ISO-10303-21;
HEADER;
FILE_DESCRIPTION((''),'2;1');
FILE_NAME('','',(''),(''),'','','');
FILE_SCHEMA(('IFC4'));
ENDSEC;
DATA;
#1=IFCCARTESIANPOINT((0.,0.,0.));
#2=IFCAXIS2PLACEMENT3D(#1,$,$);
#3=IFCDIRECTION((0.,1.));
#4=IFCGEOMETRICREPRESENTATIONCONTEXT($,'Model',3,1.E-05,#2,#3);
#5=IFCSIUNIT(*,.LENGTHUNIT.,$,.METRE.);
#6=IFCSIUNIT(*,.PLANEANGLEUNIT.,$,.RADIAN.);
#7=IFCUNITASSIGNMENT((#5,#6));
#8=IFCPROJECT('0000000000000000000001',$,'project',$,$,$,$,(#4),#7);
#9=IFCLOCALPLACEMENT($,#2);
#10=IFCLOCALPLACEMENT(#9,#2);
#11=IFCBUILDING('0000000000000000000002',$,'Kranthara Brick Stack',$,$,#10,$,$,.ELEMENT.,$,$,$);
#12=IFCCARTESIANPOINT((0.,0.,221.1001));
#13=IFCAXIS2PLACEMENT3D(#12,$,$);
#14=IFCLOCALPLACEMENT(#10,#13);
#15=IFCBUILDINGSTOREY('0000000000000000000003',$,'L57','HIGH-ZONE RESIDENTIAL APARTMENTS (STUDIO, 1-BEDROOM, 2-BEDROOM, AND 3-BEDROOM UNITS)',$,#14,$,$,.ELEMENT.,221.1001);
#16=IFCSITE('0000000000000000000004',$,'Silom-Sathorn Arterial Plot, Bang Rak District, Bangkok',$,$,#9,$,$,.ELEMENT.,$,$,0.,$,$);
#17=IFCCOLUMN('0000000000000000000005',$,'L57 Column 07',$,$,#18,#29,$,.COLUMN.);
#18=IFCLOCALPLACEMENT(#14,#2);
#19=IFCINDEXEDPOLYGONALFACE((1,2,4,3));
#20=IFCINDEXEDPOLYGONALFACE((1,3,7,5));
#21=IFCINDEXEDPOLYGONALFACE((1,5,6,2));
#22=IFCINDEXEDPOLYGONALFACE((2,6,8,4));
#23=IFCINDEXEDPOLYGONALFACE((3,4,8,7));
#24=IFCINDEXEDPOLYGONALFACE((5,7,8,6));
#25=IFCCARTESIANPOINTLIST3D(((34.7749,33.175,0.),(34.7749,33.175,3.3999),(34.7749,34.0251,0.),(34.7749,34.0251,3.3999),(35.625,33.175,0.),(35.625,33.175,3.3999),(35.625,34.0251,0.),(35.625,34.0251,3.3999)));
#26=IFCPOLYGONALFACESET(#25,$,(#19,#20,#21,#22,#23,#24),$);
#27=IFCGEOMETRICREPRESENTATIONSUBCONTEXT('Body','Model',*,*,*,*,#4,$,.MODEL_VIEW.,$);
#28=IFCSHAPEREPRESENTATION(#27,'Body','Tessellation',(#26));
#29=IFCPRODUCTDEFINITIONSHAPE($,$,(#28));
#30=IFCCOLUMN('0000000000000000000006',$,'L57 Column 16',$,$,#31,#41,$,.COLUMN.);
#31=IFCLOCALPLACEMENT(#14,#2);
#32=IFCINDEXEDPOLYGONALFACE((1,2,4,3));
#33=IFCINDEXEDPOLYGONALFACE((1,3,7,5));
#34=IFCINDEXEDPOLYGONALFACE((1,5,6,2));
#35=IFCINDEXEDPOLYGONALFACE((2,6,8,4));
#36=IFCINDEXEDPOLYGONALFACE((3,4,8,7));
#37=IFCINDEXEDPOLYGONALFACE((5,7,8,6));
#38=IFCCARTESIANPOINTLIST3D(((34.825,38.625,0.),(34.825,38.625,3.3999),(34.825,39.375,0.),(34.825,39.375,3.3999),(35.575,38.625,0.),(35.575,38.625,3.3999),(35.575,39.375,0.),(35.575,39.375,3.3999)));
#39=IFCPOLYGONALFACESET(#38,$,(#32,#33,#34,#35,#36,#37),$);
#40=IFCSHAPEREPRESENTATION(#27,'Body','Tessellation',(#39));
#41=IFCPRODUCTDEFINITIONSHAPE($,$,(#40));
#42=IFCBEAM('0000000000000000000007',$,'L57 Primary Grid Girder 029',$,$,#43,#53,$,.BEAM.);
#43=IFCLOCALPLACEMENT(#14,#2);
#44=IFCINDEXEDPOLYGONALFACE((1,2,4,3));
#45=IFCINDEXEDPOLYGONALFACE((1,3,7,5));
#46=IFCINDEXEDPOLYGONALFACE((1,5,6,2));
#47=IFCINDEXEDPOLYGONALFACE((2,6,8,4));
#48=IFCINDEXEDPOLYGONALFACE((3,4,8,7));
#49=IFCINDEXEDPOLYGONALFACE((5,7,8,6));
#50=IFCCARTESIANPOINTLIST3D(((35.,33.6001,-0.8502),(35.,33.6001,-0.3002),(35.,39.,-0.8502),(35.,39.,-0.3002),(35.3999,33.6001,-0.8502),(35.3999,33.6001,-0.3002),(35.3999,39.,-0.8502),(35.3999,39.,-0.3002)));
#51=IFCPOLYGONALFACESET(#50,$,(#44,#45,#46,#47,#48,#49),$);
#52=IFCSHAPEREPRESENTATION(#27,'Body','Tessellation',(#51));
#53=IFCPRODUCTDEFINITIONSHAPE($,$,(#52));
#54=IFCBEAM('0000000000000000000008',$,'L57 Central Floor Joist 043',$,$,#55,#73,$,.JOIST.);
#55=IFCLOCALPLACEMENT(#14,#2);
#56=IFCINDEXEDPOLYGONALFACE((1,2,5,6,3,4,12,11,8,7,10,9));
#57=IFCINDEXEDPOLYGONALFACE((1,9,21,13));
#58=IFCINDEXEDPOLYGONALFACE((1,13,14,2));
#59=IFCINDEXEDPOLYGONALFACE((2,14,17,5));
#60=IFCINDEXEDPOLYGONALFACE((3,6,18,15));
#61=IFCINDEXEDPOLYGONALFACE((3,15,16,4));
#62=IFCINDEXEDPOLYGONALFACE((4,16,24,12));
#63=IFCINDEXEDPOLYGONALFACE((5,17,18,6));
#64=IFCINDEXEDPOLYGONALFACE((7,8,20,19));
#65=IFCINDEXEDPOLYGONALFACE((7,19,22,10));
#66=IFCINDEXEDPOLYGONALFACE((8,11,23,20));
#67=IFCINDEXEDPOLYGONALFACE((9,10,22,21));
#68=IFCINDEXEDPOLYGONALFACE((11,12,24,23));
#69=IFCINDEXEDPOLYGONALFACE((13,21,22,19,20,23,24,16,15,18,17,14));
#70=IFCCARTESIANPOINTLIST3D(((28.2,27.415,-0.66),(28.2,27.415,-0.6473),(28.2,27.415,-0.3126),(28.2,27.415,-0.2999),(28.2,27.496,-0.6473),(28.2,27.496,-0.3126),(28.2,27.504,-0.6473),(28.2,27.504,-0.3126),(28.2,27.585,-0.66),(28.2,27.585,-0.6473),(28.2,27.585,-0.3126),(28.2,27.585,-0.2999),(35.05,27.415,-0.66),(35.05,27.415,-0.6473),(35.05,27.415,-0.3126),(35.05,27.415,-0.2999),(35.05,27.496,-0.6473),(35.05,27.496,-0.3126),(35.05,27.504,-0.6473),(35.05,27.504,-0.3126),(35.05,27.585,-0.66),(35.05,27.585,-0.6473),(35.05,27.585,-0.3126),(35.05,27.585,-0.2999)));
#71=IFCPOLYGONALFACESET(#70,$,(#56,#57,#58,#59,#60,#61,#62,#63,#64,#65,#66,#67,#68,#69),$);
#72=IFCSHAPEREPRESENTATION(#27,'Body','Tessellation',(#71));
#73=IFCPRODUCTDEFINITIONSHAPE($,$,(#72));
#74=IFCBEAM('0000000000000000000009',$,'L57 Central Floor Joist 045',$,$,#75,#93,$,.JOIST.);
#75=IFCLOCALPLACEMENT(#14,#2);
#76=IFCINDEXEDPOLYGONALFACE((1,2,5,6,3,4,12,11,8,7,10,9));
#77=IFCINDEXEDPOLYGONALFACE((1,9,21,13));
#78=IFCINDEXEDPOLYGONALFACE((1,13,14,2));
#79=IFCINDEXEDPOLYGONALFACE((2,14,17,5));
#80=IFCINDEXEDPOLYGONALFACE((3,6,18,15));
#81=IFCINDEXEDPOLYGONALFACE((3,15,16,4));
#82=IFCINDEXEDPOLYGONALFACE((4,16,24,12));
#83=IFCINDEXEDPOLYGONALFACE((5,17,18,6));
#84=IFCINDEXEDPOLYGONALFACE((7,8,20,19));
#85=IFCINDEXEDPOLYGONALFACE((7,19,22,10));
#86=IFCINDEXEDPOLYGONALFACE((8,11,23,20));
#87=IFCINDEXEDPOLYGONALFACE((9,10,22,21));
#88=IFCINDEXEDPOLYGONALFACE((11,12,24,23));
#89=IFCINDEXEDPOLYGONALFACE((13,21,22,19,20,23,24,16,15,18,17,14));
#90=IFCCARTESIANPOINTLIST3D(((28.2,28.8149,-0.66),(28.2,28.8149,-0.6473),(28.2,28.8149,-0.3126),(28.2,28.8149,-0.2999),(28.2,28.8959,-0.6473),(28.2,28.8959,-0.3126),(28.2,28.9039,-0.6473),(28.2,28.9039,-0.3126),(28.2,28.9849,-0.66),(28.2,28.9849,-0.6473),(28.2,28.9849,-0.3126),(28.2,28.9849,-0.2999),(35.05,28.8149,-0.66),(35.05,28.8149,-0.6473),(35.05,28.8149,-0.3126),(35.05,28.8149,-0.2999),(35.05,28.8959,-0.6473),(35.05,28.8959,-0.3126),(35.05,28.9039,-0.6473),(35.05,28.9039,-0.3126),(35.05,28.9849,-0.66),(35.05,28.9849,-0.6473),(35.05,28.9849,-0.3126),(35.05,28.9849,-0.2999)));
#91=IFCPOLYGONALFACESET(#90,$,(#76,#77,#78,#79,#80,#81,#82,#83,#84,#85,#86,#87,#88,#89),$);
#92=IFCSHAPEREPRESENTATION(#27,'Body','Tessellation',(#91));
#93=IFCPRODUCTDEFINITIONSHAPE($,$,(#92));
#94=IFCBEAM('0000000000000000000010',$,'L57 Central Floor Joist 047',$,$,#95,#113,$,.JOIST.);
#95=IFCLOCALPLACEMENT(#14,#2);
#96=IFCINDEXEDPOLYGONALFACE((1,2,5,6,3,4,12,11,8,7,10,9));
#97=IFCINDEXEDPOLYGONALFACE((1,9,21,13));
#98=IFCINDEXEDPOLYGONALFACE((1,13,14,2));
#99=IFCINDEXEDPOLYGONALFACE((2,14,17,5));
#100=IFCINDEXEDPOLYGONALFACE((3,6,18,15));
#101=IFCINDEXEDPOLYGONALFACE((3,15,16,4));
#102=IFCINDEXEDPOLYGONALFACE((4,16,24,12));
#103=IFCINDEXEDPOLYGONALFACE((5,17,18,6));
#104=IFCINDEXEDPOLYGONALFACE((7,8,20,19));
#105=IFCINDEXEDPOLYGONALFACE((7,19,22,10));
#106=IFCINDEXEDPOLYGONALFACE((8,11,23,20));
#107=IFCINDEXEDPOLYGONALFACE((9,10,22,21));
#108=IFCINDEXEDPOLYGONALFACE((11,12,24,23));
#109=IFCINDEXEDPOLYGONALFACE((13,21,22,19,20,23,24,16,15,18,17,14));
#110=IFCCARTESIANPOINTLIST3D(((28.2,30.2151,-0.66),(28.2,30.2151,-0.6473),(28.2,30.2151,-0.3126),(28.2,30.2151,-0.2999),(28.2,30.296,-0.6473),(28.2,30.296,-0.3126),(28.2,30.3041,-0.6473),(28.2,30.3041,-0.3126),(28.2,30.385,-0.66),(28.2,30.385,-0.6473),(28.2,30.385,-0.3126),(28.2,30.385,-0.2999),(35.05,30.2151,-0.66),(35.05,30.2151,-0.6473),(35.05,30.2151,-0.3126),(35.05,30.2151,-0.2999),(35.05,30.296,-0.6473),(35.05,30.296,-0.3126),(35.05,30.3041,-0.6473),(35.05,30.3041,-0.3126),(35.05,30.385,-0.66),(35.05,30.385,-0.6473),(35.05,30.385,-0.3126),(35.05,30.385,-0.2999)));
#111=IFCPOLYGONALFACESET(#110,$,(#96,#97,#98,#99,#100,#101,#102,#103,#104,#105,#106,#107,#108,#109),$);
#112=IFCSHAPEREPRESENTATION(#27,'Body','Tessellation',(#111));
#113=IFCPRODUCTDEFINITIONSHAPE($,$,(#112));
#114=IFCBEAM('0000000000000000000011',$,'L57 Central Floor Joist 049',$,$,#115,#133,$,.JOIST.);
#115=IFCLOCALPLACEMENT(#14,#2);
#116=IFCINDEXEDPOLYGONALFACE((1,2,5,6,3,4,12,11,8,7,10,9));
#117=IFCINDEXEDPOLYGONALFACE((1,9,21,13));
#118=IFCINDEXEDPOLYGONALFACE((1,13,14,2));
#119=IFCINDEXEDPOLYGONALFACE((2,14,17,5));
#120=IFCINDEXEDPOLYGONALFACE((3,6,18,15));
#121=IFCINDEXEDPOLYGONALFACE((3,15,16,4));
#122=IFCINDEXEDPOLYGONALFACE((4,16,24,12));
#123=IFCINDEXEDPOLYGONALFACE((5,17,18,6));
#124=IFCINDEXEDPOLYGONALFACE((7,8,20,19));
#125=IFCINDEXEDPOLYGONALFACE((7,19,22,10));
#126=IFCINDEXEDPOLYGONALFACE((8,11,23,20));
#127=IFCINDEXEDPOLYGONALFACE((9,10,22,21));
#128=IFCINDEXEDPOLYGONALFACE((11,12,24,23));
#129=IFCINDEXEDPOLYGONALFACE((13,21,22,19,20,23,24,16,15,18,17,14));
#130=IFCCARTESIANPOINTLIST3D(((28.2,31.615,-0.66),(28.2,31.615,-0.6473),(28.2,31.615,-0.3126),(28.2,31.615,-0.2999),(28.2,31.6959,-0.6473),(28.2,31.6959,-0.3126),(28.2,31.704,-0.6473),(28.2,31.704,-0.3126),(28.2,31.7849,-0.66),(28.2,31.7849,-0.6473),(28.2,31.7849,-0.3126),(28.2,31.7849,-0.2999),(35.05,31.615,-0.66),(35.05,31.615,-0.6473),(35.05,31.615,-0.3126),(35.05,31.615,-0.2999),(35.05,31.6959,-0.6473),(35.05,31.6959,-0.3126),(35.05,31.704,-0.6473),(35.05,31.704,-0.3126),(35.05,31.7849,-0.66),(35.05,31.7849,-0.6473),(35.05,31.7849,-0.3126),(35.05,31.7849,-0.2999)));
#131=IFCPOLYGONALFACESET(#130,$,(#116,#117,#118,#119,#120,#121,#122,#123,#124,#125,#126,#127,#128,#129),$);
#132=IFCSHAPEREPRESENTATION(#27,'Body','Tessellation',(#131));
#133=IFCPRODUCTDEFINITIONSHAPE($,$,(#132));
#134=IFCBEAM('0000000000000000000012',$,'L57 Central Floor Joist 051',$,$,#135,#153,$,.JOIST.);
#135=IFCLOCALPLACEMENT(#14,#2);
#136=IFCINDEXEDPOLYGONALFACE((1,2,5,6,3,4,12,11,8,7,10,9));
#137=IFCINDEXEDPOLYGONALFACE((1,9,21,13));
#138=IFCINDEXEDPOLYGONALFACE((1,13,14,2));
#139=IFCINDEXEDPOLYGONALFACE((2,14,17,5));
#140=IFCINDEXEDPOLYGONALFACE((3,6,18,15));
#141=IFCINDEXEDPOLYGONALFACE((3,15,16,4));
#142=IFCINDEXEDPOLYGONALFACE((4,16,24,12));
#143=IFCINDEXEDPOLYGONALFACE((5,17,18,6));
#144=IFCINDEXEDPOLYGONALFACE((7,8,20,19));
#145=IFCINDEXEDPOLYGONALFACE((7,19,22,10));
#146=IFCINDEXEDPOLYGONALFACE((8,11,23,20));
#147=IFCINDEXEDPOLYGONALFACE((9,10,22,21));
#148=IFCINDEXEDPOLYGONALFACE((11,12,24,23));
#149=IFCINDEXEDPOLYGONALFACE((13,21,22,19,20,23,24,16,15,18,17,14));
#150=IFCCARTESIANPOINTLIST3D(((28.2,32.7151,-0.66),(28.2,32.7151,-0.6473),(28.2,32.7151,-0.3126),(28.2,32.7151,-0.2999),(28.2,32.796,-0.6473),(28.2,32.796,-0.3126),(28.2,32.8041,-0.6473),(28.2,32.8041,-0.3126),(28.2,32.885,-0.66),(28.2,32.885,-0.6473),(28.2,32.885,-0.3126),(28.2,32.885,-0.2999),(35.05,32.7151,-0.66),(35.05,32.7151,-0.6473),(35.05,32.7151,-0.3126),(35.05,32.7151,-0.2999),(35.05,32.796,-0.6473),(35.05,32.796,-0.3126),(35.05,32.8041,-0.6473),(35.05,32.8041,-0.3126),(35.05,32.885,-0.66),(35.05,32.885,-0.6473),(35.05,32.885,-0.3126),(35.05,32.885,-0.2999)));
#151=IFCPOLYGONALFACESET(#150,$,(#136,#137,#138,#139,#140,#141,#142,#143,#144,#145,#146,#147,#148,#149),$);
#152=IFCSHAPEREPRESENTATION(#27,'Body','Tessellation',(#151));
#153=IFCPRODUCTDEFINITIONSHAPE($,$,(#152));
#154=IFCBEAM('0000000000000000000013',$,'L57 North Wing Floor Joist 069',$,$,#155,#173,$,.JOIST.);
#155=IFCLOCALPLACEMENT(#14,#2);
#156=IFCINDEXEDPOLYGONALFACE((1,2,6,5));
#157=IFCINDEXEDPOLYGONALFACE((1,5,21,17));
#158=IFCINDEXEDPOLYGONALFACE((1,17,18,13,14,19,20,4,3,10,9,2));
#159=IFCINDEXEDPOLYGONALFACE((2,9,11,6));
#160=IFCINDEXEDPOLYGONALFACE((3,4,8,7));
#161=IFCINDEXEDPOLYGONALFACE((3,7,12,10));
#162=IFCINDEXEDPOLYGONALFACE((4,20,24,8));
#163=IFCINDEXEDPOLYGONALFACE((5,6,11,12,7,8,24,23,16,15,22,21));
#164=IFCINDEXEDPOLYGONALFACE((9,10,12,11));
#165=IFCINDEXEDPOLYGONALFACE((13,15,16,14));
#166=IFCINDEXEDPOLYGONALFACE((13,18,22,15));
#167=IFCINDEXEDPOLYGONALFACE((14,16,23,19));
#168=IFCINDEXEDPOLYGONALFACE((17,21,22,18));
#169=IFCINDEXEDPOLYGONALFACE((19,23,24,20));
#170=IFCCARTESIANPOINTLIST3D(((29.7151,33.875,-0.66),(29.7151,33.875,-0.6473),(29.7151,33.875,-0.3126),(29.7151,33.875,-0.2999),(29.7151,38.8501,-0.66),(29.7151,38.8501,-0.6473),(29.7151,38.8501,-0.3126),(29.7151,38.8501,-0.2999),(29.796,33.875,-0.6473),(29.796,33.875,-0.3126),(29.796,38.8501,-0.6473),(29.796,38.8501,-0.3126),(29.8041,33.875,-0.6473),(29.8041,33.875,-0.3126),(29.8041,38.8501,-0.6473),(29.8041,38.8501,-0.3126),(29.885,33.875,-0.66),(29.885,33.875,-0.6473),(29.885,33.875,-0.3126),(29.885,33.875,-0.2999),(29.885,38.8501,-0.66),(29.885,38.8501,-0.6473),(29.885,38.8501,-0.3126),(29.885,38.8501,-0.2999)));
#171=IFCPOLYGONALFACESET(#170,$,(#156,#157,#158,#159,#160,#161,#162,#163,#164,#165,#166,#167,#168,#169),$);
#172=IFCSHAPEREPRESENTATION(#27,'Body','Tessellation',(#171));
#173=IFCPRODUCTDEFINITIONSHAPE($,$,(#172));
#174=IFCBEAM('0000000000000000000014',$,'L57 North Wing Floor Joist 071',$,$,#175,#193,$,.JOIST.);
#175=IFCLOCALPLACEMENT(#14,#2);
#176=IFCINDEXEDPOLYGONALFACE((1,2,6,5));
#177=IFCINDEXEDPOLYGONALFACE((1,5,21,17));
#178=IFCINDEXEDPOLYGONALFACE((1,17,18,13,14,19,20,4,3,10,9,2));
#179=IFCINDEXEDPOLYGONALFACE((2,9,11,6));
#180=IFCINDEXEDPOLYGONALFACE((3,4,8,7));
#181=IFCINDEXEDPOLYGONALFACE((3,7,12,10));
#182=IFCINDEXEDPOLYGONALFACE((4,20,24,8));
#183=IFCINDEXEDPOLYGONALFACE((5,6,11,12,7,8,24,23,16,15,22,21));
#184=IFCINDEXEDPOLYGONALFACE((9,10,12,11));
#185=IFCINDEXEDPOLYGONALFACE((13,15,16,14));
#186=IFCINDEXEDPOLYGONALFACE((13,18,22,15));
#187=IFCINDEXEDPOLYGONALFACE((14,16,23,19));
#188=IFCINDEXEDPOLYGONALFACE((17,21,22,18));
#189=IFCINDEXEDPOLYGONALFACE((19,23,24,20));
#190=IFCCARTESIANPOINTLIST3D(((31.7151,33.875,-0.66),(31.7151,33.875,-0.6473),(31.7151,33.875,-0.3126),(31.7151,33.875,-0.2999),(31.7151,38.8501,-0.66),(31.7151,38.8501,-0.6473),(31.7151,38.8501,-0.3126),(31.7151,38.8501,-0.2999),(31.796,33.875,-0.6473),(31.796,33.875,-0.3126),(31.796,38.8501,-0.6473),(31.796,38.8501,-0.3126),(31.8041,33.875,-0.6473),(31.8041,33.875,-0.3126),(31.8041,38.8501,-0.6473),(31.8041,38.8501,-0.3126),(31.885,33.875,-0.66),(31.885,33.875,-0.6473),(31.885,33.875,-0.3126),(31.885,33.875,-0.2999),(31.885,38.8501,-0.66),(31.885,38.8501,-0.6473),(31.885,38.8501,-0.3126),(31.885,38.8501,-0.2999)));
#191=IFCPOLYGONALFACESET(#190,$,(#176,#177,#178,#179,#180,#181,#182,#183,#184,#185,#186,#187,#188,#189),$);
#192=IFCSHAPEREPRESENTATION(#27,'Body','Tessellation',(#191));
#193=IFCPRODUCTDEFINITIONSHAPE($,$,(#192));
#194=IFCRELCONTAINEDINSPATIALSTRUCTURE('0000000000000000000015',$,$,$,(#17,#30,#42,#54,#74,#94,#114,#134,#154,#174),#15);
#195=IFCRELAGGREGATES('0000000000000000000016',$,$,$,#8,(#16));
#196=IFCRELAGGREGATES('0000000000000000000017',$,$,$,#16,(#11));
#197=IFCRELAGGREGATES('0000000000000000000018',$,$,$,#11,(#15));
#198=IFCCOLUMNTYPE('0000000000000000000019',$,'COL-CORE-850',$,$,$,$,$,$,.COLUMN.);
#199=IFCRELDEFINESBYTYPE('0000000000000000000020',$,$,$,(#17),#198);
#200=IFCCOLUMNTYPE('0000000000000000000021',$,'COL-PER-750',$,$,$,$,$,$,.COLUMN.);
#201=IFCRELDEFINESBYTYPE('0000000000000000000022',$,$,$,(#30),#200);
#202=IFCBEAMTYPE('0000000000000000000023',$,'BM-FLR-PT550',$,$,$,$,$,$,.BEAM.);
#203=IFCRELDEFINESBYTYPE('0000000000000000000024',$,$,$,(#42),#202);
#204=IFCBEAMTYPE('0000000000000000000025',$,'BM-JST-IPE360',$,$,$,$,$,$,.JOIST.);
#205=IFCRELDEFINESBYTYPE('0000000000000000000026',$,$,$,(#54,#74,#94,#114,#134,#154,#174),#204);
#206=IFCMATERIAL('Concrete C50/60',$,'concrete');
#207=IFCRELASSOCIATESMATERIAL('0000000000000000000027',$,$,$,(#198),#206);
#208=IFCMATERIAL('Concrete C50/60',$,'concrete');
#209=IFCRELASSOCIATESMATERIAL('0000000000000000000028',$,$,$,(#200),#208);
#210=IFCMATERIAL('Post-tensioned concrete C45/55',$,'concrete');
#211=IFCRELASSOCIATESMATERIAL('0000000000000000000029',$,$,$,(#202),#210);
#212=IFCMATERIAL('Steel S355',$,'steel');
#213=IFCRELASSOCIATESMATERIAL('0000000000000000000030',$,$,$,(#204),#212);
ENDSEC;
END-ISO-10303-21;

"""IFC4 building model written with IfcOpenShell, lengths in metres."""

from ifc_helpers import new_model, si_unit, direction, frame, origin, origin_2d, place, context, subcontext, project, spatial, rectangle, i_section, extrude, material, material_profile, profile_set, type_object, element, save


model = new_model("IFC4")

# Units and contexts
model_context = context("Model", 3, precision=1e-05, world=origin(), true_north=direction((0.0, 1.0)))
body_context = subcontext(model_context, "Body", "Model", "MODEL_VIEW")
ifc_project = project(units=[si_unit("LENGTHUNIT", "METRE"), si_unit("PLANEANGLEUNIT", "RADIAN")], contexts=[model_context])

# Site, building, storey
site_placement = place(None, origin())
site = spatial("IfcSite", under=ifc_project, at=site_placement, Name="Silom-Sathorn Arterial Plot, Bang Rak District, Bangkok", CompositionType="ELEMENT", RefElevation=0.0)
building_placement = place(site_placement, origin())
building = spatial("IfcBuilding", under=site, at=building_placement, Name="Kranthara Brick Stack", CompositionType="ELEMENT")
storey_placement = place(building_placement, frame((0.0, 0.0, 221.1001)))
storey = spatial("IfcBuildingStorey", under=building, at=storey_placement, Name="L57", Description="HIGH-ZONE RESIDENTIAL APARTMENTS (STUDIO, 1-BEDROOM, 2-BEDROOM, AND 3-BEDROOM UNITS)", CompositionType="ELEMENT", Elevation=221.1001)

# Columns
ifc_material_1 = material(Name="Concrete C50/60", Category="concrete")
ifc_material_profile_1 = material_profile(ifc_material_1, rectangle(XDim=0.8501, YDim=0.8501, at=origin_2d()), Name="RC 850x850")
ifc_profile_set_1 = profile_set([ifc_material_profile_1], Name="Concrete C50/60")
column_type_1 = type_object("IfcColumnType", Name="COL-CORE-850", PredefinedType="COLUMN", material=ifc_profile_set_1)
column_1_placement = place(storey_placement, frame((35.2, 33.6001, 0.0), z_axis=(0.0, 0.0, 1.0), x_axis=(1.0, 0.0, 0.0)))
element("IfcColumn", 1, at=column_1_placement, inside=storey, type_object=column_type_1, Name="L57 Column 07", PredefinedType="COLUMN", context=body_context, shape_type="SweptSolid", body=[
    extrude(rectangle(XDim=0.8501, YDim=0.8501, at=origin_2d()), origin(), (0.0, 0.0, 1.0), 3.3999),
])
ifc_material_2 = material(Name="Concrete C50/60", Category="concrete")
ifc_material_profile_2 = material_profile(ifc_material_2, rectangle(XDim=0.75, YDim=0.75, at=origin_2d()), Name="RC 750x750")
ifc_profile_set_2 = profile_set([ifc_material_profile_2], Name="Concrete C50/60")
column_type_2 = type_object("IfcColumnType", Name="COL-PER-750", PredefinedType="COLUMN", material=ifc_profile_set_2)
column_2_placement = place(storey_placement, frame((35.2, 39.0, 0.0), z_axis=(0.0, 0.0, 1.0), x_axis=(1.0, 0.0, 0.0)))
element("IfcColumn", 2, at=column_2_placement, inside=storey, type_object=column_type_2, Name="L57 Column 16", PredefinedType="COLUMN", context=body_context, shape_type="SweptSolid", body=[
    extrude(rectangle(XDim=0.75, YDim=0.75, at=origin_2d()), origin(), (0.0, 0.0, 1.0), 3.3999),
])

# Beams
ifc_material_3 = material(Name="Post-tensioned concrete C45/55", Category="concrete")
ifc_material_profile_3 = material_profile(ifc_material_3, rectangle(XDim=0.3999, YDim=0.55, at=origin_2d()), Name="PT 400x550")
ifc_profile_set_3 = profile_set([ifc_material_profile_3], Name="Post-tensioned concrete C45/55")
beam_type_1 = type_object("IfcBeamType", Name="BM-FLR-PT550", PredefinedType="BEAM", material=ifc_profile_set_3)
beam_1_placement = place(storey_placement, frame((35.2, 33.6001, -0.5752), z_axis=(0.0, 1.0, 0.0), x_axis=(-1.0, 0.0, 0.0)))
element("IfcBeam", 3, at=beam_1_placement, inside=storey, type_object=beam_type_1, Name="L57 Primary Grid Girder 029", PredefinedType="BEAM", context=body_context, shape_type="SweptSolid", body=[
    extrude(rectangle(XDim=0.3999, YDim=0.55, at=origin_2d()), origin(), (0.0, 0.0, 1.0), 5.3999),
])
ifc_material_4 = material(Name="Steel S355", Category="steel")
ifc_material_profile_4 = material_profile(ifc_material_4, i_section(OverallWidth=0.1699, OverallDepth=0.3601, WebThickness=0.0081, FlangeThickness=0.0127, at=origin_2d()), Name="IPE 360")
ifc_profile_set_4 = profile_set([ifc_material_profile_4], Name="Steel S355")
beam_type_2 = type_object("IfcBeamType", Name="BM-JST-IPE360", PredefinedType="JOIST", material=ifc_profile_set_4)
for number, where, z_axis, x_axis, name in (
    (4, (28.2, 27.5, -0.48), (1.0, 0.0, 0.0), (0.0, 1.0, 0.0), "L57 Central Floor Joist 043"),
    (5, (28.2, 28.8999, -0.48), (1.0, 0.0, 0.0), (0.0, 1.0, 0.0), "L57 Central Floor Joist 045"),
    (6, (28.2, 30.3, -0.48), (1.0, 0.0, 0.0), (0.0, 1.0, 0.0), "L57 Central Floor Joist 047"),
    (7, (28.2, 31.7, -0.48), (1.0, 0.0, 0.0), (0.0, 1.0, 0.0), "L57 Central Floor Joist 049"),
    (8, (28.2, 32.8, -0.48), (1.0, 0.0, 0.0), (0.0, 1.0, 0.0), "L57 Central Floor Joist 051"),
):
    element("IfcBeam", number, at=place(storey_placement, frame(where, z_axis=z_axis, x_axis=x_axis)), inside=storey, type_object=beam_type_2, Name=name, PredefinedType="JOIST", context=body_context, shape_type="SweptSolid", body=[
        extrude(i_section(OverallWidth=0.1699, OverallDepth=0.3601, WebThickness=0.0081, FlangeThickness=0.0127, at=origin_2d()), origin(), (0.0, 0.0, 1.0), 6.8501),
    ])
for number, where, z_axis, x_axis, name in (
    (9, (29.8, 33.875, -0.48), (0.0, 1.0, 0.0), (-1.0, 0.0, 0.0), "L57 North Wing Floor Joist 069"),
    (10, (31.8, 33.875, -0.48), (0.0, 1.0, 0.0), (-1.0, 0.0, 0.0), "L57 North Wing Floor Joist 071"),
):
    element("IfcBeam", number, at=place(storey_placement, frame(where, z_axis=z_axis, x_axis=x_axis)), inside=storey, type_object=beam_type_2, Name=name, PredefinedType="JOIST", context=body_context, shape_type="SweptSolid", body=[
        extrude(i_section(OverallWidth=0.1699, OverallDepth=0.3601, WebThickness=0.0081, FlangeThickness=0.0127, at=origin_2d()), origin(), (0.0, 0.0, 1.0), 4.9751),
    ])

save(model, "model.ifc")
